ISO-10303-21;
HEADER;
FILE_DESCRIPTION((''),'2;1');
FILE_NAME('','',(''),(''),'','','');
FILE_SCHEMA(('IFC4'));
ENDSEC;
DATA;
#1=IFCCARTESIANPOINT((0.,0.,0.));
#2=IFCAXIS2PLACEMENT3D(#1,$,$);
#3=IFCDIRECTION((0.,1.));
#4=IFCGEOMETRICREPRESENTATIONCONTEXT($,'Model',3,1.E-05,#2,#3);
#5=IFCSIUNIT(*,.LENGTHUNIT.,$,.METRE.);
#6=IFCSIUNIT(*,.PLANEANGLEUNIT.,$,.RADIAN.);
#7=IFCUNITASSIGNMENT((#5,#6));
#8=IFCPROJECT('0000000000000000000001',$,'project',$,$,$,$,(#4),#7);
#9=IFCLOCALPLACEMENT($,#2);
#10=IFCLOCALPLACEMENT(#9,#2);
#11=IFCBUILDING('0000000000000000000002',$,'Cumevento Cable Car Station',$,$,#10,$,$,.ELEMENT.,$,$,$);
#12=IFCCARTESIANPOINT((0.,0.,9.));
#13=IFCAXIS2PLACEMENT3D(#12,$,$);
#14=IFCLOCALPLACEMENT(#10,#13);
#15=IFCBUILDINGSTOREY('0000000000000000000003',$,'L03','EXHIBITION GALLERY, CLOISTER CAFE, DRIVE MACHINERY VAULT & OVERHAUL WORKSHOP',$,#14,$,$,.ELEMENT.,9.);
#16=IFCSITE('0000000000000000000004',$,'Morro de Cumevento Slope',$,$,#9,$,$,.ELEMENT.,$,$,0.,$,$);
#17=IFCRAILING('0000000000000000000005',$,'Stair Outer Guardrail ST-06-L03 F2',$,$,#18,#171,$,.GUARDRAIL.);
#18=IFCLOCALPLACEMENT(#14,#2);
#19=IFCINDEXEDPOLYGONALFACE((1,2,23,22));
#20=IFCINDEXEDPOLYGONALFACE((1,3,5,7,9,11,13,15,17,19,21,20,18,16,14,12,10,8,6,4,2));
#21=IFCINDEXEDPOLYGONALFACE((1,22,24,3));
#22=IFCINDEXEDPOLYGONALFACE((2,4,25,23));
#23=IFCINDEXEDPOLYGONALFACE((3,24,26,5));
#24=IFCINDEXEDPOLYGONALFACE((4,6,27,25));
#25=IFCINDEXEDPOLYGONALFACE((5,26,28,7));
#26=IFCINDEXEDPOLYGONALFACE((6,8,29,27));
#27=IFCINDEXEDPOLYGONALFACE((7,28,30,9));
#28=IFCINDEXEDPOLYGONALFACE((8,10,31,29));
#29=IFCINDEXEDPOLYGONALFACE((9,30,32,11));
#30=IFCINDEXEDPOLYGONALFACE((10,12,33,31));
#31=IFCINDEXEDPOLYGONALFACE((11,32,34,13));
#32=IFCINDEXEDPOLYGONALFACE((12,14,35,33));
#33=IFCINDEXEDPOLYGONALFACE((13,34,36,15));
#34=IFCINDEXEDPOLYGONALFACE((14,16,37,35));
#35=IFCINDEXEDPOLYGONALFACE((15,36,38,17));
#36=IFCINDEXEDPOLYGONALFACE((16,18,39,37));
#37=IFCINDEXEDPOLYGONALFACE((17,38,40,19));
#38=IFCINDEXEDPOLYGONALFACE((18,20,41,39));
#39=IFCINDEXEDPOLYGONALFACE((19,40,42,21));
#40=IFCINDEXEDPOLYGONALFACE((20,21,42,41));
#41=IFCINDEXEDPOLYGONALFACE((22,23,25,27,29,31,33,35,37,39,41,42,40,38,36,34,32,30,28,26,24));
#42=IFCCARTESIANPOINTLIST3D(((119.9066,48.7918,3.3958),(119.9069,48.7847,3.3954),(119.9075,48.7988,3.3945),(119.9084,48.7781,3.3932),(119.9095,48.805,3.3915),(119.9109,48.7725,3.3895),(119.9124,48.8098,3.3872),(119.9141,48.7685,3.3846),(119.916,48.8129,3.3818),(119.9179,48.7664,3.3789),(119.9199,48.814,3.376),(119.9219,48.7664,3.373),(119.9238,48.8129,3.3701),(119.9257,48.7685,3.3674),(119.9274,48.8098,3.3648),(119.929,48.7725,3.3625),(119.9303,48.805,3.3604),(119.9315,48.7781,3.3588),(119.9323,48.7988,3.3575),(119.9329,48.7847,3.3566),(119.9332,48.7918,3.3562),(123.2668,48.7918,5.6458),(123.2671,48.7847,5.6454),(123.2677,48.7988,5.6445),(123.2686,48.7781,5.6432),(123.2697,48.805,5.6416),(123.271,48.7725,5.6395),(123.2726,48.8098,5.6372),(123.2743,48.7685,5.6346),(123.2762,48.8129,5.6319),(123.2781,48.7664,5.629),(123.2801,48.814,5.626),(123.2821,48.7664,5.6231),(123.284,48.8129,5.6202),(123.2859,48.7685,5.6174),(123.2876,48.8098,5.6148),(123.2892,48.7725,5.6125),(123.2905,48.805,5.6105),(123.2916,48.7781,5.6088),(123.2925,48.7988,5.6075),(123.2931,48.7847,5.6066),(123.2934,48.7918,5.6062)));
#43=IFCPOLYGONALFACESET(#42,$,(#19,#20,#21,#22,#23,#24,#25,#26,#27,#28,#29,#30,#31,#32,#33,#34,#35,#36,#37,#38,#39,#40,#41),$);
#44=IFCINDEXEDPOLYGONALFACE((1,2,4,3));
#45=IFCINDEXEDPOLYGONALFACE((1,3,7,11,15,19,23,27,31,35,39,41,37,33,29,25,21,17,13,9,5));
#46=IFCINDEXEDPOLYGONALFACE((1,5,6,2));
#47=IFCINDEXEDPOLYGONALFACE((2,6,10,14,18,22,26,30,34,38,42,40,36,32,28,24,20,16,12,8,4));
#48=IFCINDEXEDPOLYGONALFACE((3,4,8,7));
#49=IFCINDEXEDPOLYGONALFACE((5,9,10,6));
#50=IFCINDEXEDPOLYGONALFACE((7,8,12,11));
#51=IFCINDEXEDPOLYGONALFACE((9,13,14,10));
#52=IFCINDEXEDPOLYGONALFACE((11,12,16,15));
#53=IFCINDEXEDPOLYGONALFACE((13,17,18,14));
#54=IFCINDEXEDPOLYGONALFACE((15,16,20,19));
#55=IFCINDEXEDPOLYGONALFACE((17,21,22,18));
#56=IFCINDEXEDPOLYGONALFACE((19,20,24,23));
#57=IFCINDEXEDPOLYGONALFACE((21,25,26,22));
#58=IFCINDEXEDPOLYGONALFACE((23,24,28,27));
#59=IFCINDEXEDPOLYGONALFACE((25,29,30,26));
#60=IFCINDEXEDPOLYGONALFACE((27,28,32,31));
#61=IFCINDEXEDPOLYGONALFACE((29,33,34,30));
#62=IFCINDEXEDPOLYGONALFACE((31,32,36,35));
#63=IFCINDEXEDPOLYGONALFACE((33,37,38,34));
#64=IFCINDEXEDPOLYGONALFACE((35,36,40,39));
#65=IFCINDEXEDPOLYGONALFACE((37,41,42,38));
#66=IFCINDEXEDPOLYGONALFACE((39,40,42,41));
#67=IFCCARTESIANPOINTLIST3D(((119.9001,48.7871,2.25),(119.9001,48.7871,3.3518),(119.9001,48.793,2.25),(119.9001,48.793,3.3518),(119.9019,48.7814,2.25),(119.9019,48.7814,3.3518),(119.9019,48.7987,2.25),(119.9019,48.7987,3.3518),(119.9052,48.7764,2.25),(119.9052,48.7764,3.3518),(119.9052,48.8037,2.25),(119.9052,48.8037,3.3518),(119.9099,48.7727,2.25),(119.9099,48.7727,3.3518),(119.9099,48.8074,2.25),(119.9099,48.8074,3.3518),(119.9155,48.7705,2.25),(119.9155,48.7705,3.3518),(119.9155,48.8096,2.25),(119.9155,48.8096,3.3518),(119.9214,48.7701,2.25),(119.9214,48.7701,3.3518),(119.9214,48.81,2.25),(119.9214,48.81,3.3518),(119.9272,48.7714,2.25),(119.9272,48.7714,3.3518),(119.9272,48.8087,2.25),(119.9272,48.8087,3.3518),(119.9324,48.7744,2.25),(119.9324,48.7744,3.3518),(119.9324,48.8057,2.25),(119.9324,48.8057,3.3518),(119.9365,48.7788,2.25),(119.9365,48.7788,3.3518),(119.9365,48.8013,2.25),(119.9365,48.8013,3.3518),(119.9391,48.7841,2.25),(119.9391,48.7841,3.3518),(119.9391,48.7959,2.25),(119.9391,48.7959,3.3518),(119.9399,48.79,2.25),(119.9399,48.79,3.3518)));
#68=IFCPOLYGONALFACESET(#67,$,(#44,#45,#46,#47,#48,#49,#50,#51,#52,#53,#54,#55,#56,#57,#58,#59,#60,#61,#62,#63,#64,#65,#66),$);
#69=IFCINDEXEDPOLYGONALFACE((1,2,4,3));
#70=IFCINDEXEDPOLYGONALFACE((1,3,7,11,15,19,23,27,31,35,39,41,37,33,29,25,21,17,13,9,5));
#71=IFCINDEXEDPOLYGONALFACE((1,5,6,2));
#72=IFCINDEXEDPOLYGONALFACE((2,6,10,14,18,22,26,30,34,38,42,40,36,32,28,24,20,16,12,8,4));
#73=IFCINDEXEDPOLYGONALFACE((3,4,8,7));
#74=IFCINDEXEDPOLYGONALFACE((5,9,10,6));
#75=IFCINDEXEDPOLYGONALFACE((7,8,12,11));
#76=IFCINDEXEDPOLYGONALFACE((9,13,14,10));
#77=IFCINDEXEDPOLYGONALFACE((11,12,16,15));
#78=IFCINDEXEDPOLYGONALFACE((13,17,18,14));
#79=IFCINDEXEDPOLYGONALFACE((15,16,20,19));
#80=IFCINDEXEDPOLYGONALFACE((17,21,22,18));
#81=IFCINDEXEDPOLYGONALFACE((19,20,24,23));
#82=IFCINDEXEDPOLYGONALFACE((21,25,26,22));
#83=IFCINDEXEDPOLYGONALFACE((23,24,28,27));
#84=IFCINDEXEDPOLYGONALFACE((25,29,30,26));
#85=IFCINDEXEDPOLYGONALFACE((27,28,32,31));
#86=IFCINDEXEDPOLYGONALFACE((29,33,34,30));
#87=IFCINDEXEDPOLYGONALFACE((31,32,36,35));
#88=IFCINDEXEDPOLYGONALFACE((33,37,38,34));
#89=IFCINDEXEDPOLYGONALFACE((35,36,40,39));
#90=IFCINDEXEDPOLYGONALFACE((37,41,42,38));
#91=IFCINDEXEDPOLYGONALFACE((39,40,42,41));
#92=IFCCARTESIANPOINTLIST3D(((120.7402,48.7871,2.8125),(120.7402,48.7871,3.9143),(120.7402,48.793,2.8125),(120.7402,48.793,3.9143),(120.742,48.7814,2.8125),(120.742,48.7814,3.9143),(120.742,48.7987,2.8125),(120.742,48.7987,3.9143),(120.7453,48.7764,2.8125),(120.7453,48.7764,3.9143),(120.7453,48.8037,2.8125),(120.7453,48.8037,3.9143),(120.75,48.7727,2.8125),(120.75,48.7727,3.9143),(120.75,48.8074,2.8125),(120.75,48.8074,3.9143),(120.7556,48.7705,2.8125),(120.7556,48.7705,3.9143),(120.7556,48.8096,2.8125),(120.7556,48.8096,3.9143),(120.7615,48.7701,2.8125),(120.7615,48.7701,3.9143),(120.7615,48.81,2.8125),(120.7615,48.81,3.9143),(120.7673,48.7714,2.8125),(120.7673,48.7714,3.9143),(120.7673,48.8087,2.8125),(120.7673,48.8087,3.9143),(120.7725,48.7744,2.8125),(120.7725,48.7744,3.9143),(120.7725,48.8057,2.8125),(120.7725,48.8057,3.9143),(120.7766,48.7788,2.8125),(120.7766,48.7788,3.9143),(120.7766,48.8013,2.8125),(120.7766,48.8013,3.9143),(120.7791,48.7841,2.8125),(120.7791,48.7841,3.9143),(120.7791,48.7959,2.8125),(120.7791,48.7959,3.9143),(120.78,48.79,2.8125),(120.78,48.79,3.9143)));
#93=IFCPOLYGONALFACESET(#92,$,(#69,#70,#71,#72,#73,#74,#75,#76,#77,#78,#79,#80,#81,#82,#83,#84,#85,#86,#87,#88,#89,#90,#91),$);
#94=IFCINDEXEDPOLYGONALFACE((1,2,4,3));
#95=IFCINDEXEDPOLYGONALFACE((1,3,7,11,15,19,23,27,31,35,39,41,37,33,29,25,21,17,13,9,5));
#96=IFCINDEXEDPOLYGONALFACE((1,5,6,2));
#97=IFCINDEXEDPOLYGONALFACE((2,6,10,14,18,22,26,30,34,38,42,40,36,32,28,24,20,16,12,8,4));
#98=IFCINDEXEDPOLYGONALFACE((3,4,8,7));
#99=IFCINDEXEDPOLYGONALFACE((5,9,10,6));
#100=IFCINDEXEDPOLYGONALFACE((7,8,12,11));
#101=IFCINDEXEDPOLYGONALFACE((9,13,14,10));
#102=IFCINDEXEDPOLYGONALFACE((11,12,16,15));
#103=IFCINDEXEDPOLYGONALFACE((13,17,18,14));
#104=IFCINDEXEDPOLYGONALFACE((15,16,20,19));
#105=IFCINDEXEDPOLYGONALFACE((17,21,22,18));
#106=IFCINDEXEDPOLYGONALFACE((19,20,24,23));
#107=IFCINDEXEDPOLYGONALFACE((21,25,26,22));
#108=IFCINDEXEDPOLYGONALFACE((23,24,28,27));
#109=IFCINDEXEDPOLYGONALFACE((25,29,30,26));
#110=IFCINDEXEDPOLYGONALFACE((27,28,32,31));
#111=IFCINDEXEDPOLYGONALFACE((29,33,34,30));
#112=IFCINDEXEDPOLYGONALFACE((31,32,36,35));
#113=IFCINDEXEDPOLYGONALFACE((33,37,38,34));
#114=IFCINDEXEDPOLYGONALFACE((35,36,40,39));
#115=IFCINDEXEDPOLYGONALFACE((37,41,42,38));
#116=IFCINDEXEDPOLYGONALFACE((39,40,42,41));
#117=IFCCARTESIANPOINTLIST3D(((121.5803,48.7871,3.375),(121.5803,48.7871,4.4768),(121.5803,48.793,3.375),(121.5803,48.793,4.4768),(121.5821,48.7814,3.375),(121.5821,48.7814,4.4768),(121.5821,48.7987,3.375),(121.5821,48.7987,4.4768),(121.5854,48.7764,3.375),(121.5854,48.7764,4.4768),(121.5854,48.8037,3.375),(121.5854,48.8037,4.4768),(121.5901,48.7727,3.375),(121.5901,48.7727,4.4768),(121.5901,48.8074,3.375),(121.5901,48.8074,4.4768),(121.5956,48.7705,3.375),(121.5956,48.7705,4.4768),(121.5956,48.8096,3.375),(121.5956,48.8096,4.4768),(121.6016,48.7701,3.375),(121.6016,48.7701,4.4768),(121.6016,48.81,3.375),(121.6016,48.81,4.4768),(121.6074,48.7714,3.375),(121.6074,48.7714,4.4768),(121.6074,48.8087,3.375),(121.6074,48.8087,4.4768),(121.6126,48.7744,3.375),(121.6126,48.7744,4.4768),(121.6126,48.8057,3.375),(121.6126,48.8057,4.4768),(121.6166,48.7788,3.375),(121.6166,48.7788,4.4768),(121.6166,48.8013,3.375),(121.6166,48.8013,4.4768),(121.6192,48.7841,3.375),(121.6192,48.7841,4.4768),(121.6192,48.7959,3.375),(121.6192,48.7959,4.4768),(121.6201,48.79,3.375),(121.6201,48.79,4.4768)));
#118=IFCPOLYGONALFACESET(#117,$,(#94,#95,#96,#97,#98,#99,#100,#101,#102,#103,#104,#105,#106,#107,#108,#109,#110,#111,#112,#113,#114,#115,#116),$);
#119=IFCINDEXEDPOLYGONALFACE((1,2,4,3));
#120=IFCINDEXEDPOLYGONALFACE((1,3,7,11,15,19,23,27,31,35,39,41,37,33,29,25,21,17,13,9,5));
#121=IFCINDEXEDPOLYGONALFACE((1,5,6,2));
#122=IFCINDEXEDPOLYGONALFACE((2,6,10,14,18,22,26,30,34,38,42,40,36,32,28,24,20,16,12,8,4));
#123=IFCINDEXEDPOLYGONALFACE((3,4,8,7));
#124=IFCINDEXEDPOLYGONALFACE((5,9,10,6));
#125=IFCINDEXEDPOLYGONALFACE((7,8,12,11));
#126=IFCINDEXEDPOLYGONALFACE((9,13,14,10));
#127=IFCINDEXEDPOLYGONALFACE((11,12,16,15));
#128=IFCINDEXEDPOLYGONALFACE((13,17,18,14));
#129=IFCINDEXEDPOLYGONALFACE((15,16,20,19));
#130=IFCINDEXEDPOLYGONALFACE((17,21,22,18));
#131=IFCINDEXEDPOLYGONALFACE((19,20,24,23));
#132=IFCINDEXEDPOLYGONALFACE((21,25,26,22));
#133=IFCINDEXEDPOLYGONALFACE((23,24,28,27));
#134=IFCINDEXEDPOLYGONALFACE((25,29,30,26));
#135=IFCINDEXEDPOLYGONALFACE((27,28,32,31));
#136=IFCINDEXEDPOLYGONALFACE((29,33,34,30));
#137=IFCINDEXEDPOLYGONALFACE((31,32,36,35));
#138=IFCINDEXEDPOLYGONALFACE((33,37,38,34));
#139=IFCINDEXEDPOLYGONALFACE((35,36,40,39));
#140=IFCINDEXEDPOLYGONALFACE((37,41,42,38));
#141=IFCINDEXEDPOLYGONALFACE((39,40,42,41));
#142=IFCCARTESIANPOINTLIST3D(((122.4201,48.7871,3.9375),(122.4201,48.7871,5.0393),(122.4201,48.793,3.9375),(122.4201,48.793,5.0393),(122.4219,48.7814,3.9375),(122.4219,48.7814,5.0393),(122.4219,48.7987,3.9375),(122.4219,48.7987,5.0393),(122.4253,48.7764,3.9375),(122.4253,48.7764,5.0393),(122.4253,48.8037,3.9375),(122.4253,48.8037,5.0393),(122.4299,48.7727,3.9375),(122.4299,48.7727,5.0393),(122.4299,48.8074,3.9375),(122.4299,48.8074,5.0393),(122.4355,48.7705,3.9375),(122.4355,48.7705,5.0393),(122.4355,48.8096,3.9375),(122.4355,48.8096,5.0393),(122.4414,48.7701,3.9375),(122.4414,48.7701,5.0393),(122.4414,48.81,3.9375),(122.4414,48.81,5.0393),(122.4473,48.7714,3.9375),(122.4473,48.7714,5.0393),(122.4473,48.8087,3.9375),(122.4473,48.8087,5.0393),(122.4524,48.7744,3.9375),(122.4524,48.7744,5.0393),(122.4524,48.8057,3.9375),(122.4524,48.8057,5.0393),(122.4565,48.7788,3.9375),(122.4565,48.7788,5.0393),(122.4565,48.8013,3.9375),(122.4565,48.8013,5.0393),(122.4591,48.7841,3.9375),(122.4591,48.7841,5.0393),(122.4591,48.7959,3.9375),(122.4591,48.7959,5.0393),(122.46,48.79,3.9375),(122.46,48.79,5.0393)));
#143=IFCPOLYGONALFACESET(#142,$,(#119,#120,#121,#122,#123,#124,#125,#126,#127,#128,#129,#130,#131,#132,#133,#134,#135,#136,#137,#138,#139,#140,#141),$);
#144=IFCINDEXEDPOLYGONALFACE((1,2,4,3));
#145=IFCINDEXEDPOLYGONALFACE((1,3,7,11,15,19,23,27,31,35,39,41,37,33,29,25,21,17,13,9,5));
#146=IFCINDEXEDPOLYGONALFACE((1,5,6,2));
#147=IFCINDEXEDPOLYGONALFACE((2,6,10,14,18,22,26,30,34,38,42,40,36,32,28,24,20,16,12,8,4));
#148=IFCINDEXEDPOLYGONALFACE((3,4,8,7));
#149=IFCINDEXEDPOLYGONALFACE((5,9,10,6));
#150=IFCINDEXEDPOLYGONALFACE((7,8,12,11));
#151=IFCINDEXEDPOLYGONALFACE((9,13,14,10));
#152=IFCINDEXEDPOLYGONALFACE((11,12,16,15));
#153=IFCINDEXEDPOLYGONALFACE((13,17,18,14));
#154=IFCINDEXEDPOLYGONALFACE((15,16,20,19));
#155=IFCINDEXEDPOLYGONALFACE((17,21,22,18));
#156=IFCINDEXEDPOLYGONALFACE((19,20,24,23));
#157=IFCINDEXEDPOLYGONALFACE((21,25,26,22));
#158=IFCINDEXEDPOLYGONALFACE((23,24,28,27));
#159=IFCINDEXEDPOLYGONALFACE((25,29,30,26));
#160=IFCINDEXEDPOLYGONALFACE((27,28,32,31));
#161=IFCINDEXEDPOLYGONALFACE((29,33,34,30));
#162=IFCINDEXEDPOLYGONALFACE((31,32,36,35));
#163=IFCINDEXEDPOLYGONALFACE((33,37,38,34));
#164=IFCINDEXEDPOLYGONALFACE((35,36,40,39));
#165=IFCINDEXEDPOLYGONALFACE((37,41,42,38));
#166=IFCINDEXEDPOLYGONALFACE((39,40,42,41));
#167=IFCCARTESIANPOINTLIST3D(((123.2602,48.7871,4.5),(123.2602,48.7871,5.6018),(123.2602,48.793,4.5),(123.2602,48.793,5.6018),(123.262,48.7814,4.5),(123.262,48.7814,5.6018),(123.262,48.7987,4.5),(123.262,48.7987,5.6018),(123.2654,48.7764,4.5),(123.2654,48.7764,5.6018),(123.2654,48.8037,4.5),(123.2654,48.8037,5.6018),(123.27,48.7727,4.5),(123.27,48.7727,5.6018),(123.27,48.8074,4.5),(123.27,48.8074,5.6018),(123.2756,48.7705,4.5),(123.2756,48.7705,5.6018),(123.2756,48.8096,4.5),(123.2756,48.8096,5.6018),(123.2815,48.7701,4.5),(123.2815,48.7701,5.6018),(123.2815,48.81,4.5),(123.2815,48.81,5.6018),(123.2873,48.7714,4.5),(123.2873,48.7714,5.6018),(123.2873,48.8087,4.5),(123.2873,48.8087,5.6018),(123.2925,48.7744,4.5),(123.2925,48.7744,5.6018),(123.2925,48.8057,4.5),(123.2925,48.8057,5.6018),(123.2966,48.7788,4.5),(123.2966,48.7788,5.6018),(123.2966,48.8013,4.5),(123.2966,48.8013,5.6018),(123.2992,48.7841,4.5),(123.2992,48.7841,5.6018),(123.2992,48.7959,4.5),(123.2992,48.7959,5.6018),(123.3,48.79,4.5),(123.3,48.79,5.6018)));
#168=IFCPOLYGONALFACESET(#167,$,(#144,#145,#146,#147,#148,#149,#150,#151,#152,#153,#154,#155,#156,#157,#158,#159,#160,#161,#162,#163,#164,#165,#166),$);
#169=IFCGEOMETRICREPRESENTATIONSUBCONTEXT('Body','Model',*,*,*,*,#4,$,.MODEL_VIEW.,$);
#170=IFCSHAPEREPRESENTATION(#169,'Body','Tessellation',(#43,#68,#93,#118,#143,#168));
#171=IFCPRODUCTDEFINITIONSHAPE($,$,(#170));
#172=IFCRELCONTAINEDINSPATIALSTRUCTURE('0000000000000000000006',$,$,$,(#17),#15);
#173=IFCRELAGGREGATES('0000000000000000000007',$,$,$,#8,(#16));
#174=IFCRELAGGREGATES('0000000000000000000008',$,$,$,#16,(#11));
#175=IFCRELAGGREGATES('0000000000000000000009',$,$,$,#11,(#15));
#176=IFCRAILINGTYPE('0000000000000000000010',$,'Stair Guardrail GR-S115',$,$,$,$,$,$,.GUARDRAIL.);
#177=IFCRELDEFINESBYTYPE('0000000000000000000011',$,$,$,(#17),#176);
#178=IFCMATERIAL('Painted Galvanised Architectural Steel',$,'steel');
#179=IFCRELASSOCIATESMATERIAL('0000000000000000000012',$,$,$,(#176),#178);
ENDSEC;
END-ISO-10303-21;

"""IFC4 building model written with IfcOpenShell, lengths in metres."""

from ifc_helpers import new_model, si_unit, direction, frame, origin, origin_2d, place, context, subcontext, project, spatial, circle, extrude, material, type_object, element, save


model = new_model("IFC4")

# Units and contexts
model_context = context("Model", 3, precision=1e-05, world=origin(), true_north=direction((0.0, 1.0)))
body_context = subcontext(model_context, "Body", "Model", "MODEL_VIEW")
ifc_project = project(units=[si_unit("LENGTHUNIT", "METRE"), si_unit("PLANEANGLEUNIT", "RADIAN")], contexts=[model_context])

# Site, building, storey
site_placement = place(None, origin())
site = spatial("IfcSite", under=ifc_project, at=site_placement, Name="Morro de Cumevento Slope", CompositionType="ELEMENT", RefElevation=0.0)
building_placement = place(site_placement, origin())
building = spatial("IfcBuilding", under=site, at=building_placement, Name="Cumevento Cable Car Station", CompositionType="ELEMENT")
storey_placement = place(building_placement, frame((0.0, 0.0, 9.0)))
storey = spatial("IfcBuildingStorey", under=building, at=storey_placement, Name="L03", Description="EXHIBITION GALLERY, CLOISTER CAFE, DRIVE MACHINERY VAULT & OVERHAUL WORKSHOP", CompositionType="ELEMENT", Elevation=9.0)

# Railing
ifc_material_1 = material(Name="Painted Galvanised Architectural Steel", Category="steel")
railing_type_1 = type_object("IfcRailingType", Name="Stair Guardrail GR-S115", PredefinedType="GUARDRAIL", material=ifc_material_1)
railing_1_placement = place(storey_placement, frame((119.9199, 48.79, 2.25)))
element("IfcRailing", 1, at=railing_1_placement, inside=storey, type_object=railing_type_1, Name="Stair Outer Guardrail ST-06-L03 F2", PredefinedType="GUARDRAIL", context=body_context, shape_type="SweptSolid", body=[
    extrude(circle(Radius=0.0239, at=origin_2d()), frame((0.0, 0.0, 1.126), z_axis=(0.830915, 0.0, 0.556399), x_axis=(0.0, 1.0, 0.0)), (0.0, 0.0, 1.0), 4.0439),
    extrude(circle(Radius=0.02, at=origin_2d()), origin(), (0.0, 0.0, 1.0), 1.1018),
    extrude(circle(Radius=0.02, at=origin_2d()), frame((0.8401, 0.0, 0.5625)), (0.0, 0.0, 1.0), 1.1018),
    extrude(circle(Radius=0.02, at=origin_2d()), frame((1.6802, 0.0, 1.125)), (0.0, 0.0, 1.0), 1.1018),
    extrude(circle(Radius=0.02, at=origin_2d()), frame((2.52, 0.0, 1.6875)), (0.0, 0.0, 1.0), 1.1018),
    extrude(circle(Radius=0.02, at=origin_2d()), frame((3.3601, 0.0, 2.25)), (0.0, 0.0, 1.0), 1.1018),
])

save(model, "model.ifc")
